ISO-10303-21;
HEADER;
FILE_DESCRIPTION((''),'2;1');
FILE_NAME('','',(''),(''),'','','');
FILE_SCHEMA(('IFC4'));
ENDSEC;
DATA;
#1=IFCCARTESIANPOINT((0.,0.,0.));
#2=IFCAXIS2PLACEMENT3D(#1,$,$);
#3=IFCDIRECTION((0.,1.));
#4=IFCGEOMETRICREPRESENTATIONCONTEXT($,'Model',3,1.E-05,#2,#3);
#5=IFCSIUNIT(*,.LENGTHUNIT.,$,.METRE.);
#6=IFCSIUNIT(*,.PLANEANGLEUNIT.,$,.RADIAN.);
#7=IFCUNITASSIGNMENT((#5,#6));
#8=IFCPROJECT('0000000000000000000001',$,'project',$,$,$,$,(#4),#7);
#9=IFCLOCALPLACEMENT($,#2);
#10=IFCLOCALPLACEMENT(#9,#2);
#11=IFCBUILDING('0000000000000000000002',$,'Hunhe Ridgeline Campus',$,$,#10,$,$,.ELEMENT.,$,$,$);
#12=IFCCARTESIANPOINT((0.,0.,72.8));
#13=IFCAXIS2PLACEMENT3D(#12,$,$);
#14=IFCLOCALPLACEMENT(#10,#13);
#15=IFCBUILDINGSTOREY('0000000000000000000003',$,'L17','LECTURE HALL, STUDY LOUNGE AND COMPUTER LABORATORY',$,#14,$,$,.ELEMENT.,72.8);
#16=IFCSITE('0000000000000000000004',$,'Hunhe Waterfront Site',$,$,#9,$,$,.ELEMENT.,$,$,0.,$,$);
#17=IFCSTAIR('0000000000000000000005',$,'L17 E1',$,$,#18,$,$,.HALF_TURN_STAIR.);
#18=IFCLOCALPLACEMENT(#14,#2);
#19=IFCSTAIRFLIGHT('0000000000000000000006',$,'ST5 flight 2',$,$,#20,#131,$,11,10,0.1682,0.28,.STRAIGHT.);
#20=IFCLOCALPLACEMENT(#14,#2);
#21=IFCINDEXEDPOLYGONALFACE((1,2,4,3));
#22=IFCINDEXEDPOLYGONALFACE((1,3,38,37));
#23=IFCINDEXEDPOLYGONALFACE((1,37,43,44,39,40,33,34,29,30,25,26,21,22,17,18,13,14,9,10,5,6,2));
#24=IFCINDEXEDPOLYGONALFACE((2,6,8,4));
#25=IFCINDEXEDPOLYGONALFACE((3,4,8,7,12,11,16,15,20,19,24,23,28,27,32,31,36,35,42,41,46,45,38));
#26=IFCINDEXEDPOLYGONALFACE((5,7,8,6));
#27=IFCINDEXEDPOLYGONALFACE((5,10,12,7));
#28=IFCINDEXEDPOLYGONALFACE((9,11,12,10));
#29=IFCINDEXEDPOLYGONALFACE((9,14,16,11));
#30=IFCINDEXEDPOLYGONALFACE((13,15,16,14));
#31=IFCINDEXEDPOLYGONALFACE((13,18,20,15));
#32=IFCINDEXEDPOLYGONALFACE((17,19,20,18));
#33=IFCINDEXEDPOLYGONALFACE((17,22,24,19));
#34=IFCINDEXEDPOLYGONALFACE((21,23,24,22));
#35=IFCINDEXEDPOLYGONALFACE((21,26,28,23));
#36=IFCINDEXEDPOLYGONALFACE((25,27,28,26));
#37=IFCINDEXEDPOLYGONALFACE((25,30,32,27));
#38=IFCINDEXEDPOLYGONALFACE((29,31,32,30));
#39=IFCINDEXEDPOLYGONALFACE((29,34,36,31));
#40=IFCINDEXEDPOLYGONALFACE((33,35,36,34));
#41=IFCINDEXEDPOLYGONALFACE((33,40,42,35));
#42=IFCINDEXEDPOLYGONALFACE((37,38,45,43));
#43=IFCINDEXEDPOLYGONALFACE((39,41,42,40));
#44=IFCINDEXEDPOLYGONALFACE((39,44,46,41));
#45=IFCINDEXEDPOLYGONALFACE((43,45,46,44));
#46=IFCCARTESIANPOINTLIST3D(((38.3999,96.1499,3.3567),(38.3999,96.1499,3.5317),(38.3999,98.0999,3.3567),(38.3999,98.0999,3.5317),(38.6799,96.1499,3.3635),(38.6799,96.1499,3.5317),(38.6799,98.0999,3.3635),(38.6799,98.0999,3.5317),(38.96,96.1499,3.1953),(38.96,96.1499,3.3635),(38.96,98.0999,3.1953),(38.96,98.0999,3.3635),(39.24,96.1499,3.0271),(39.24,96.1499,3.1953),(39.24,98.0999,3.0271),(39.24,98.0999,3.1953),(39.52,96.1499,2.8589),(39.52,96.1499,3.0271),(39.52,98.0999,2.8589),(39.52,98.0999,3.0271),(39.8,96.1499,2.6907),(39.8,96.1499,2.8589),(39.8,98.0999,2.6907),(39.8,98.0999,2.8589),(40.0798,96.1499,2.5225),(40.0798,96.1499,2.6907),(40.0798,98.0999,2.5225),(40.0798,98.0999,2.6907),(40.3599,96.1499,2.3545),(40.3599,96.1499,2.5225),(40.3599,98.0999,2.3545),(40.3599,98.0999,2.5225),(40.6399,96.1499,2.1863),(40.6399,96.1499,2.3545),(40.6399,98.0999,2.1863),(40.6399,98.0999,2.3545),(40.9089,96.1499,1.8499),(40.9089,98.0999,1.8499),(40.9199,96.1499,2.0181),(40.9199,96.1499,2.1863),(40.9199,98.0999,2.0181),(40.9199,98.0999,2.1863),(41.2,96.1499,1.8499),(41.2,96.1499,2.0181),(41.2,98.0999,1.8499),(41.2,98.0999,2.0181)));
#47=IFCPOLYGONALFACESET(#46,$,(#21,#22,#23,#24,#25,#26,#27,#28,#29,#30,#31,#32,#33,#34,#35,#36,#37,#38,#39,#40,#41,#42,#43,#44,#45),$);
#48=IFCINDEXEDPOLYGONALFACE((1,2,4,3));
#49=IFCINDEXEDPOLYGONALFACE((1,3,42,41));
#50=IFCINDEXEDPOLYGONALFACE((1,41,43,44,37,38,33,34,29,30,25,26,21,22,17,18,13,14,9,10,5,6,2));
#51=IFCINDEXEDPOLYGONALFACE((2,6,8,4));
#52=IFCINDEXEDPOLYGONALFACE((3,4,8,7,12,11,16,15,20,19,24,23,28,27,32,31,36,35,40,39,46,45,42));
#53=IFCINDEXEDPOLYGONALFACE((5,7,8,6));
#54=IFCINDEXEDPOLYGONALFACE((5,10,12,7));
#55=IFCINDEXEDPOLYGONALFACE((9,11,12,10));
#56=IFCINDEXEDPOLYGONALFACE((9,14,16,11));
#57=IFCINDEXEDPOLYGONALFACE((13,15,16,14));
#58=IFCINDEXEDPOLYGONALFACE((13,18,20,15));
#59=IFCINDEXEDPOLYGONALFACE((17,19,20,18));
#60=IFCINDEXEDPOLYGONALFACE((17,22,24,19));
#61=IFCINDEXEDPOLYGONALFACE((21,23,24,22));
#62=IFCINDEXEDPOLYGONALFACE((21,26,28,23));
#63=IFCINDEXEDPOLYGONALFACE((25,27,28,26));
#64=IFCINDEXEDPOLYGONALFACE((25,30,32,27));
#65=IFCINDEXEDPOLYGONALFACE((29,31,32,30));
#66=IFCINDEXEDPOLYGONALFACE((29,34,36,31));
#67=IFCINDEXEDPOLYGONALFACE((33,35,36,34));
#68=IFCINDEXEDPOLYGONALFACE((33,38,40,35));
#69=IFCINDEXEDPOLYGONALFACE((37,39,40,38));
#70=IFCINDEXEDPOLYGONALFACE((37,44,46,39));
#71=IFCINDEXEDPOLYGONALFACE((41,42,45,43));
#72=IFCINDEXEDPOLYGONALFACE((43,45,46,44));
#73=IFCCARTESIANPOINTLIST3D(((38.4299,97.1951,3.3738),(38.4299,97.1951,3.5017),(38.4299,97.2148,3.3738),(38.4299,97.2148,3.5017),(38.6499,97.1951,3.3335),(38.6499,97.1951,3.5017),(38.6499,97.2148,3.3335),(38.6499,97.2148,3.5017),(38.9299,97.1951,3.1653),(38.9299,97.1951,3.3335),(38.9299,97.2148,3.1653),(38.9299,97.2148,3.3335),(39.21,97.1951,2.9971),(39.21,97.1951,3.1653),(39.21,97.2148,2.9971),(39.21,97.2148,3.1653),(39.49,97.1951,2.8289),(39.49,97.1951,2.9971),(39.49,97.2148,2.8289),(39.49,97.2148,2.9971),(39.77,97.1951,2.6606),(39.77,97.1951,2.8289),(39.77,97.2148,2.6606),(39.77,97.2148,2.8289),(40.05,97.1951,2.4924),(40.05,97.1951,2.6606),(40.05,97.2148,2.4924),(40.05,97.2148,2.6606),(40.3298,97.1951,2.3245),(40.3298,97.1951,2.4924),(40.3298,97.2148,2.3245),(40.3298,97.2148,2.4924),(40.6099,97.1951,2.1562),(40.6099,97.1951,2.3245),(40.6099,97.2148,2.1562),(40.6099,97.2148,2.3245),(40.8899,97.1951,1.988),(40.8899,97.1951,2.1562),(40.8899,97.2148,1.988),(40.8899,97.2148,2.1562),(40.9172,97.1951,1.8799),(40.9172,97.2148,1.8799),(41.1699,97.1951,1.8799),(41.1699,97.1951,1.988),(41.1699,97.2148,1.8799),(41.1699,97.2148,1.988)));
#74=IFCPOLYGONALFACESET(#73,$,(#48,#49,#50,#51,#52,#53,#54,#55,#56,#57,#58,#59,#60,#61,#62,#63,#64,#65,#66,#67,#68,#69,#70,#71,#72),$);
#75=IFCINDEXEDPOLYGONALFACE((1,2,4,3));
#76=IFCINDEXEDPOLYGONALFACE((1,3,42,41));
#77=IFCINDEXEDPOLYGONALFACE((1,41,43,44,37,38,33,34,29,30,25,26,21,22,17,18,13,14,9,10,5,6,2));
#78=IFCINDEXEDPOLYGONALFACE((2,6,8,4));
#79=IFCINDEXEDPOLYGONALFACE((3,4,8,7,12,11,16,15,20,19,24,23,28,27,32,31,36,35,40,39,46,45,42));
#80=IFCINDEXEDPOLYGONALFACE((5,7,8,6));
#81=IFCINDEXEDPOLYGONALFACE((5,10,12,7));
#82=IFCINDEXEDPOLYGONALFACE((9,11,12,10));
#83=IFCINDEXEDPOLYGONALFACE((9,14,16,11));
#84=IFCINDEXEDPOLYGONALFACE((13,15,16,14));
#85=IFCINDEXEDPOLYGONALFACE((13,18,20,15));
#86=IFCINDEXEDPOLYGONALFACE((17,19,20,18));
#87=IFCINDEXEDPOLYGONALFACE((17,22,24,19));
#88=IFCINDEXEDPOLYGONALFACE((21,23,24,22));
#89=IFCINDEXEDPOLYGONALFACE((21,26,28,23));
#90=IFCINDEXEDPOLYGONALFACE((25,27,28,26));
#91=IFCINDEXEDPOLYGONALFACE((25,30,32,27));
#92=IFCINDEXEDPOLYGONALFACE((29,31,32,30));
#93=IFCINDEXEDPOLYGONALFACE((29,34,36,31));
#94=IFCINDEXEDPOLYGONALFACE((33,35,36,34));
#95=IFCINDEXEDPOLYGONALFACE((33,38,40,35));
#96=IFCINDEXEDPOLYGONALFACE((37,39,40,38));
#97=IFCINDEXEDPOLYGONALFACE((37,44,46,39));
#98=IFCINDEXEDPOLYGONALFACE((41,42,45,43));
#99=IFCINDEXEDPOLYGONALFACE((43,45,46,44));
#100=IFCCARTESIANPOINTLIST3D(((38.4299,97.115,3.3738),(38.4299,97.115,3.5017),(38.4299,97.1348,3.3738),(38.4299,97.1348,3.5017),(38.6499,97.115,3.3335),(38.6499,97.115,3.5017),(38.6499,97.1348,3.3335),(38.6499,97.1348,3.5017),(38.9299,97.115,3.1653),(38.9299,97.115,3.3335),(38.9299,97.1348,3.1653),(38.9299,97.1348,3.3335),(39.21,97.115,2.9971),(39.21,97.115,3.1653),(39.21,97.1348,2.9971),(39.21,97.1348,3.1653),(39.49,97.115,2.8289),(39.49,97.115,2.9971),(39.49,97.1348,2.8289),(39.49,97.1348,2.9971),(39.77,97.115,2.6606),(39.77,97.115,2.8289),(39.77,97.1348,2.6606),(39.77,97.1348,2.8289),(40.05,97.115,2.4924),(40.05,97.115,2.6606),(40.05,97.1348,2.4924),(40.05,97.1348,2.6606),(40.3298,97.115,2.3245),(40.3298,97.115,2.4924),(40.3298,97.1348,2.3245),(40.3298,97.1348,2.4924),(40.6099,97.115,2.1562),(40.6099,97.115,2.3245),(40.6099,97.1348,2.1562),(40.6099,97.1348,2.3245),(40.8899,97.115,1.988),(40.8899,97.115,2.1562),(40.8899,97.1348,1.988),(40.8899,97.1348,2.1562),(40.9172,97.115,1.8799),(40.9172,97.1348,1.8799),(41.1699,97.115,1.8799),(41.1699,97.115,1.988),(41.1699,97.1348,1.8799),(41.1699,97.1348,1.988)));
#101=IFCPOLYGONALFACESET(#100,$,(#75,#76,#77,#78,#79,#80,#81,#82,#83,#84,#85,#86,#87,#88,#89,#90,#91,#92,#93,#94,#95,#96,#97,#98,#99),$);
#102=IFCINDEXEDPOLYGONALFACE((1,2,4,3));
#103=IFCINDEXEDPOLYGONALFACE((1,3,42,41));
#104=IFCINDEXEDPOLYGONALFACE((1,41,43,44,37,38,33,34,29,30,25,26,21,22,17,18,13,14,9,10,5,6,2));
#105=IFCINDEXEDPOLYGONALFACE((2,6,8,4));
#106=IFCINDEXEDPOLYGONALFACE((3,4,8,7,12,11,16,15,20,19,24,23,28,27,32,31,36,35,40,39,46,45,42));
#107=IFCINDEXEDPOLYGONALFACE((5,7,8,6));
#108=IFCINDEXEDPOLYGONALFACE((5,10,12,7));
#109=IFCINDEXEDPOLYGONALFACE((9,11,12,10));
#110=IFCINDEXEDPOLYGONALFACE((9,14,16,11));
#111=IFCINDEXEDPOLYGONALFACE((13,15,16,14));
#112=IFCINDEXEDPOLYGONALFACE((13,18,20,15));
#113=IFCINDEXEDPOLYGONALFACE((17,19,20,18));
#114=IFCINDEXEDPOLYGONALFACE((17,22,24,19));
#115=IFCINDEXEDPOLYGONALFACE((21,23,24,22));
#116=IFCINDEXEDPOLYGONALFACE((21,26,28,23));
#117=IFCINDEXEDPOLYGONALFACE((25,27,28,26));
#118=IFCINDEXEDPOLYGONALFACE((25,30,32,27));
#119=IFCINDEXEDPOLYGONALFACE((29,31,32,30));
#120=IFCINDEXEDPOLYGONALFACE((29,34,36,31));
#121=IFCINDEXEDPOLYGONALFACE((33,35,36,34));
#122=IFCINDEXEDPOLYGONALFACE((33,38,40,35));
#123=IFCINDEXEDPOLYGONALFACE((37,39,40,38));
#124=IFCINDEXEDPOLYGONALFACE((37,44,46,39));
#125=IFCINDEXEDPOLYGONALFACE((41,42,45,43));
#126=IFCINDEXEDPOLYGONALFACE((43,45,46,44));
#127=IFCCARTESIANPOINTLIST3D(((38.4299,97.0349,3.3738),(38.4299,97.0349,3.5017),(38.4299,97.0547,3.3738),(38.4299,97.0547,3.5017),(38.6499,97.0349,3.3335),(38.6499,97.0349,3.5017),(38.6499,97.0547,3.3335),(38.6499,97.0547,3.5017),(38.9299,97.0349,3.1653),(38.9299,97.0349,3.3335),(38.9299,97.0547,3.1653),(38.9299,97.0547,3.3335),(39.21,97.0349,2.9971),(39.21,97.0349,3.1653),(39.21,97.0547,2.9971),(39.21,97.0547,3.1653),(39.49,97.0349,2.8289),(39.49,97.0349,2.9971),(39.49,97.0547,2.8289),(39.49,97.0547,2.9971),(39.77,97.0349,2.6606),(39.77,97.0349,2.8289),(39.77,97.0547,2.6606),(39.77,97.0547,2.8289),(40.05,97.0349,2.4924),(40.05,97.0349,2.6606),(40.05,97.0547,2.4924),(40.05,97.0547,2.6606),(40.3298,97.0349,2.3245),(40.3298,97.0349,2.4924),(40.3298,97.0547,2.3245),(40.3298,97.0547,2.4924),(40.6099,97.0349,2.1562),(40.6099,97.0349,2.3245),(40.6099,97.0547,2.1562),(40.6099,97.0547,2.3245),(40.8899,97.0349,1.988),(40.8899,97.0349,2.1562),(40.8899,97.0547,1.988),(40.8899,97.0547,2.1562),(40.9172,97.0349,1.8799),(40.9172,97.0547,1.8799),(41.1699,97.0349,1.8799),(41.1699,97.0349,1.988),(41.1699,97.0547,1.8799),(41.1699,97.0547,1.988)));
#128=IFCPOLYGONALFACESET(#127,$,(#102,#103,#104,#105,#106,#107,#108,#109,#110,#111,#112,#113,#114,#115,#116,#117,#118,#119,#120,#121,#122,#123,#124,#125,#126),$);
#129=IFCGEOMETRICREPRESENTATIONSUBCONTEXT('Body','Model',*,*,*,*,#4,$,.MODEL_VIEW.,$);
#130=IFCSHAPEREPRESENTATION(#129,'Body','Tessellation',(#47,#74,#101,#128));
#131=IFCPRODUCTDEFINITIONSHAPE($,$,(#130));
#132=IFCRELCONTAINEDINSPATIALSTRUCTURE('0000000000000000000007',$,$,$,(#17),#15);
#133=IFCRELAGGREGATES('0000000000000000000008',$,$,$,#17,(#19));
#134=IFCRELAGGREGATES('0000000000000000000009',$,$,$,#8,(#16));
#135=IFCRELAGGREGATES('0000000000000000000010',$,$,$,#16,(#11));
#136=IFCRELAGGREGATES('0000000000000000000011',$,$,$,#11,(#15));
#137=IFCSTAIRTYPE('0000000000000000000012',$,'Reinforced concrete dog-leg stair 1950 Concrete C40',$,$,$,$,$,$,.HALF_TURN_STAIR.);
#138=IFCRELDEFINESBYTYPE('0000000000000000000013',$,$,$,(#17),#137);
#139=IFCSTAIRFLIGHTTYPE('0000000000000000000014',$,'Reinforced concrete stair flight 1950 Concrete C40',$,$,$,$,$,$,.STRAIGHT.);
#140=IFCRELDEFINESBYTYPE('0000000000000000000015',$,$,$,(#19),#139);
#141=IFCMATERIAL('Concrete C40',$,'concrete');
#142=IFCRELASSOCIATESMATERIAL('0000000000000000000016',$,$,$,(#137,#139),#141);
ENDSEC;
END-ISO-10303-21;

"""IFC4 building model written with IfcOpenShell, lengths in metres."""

from ifc_helpers import new_model, si_unit, direction, frame, origin, place, context, subcontext, project, spatial, polyline, outline, extrude, material, type_object, element, aggregate, save


model = new_model("IFC4")

# Units and contexts
model_context = context("Model", 3, precision=1e-05, world=origin(), true_north=direction((0.0, 1.0)))
body_context = subcontext(model_context, "Body", "Model", "MODEL_VIEW")
ifc_project = project(units=[si_unit("LENGTHUNIT", "METRE"), si_unit("PLANEANGLEUNIT", "RADIAN")], contexts=[model_context])

# Site, building, storey
site_placement = place(None, origin())
site = spatial("IfcSite", under=ifc_project, at=site_placement, Name="Hunhe Waterfront Site", CompositionType="ELEMENT", RefElevation=0.0)
building_placement = place(site_placement, origin())
building = spatial("IfcBuilding", under=site, at=building_placement, Name="Hunhe Ridgeline Campus", CompositionType="ELEMENT")
storey_placement = place(building_placement, frame((0.0, 0.0, 72.8)))
storey = spatial("IfcBuildingStorey", under=building, at=storey_placement, Name="L17", Description="LECTURE HALL, STUDY LOUNGE AND COMPUTER LABORATORY", CompositionType="ELEMENT", Elevation=72.8)

# Stair, stair flight
ifc_material_1 = material(Name="Concrete C40", Category="concrete")
stair_type = type_object("IfcStairType", Name="Reinforced concrete dog-leg stair 1950 Concrete C40", PredefinedType="HALF_TURN_STAIR", material=ifc_material_1)
stair_1_placement = place(storey_placement, origin())
stair_1 = element("IfcStair", 1, at=stair_1_placement, inside=storey, type_object=stair_type, Name="L17 E1", PredefinedType="HALF_TURN_STAIR")
stair_flight_type = type_object("IfcStairFlightType", Name="Reinforced concrete stair flight 1950 Concrete C40", PredefinedType="STRAIGHT", material=ifc_material_1)
stair_flight_1_placement = place(storey_placement, frame((41.2, 97.125, 1.8499), z_axis=(0.0, 0.0, 1.0), x_axis=(-1.0, 0.0, 0.0)))
stair_flight_1 = element("IfcStairFlight", 2, at=stair_flight_1_placement, type_object=stair_flight_type, Name="ST5 flight 2", NumberOfRisers=11, NumberOfTreads=10, PredefinedType="STRAIGHT", RiserHeight=0.1682, TreadLength=0.28, context=body_context, shape_type="SweptSolid", body=[
    extrude(outline(polyline([(0.0, 0.0), (0.0, 0.1682), (0.28, 0.1682), (0.28, 0.3364), (0.5601, 0.3364), (0.5601, 0.5046), (0.8401, 0.5046), (0.8401, 0.6726), (1.1201, 0.6726), (1.1201, 0.8408), (1.3999, 0.8408), (1.3999, 1.009), (1.6799, 1.009), (1.6799, 1.1772), (1.96, 1.1772), (1.96, 1.3455), (2.24, 1.3455), (2.24, 1.5137), (2.52, 1.5137), (2.52, 1.6819), (2.8, 1.6819), (2.8, 1.8501), (2.8, 1.5068), (0.291, 0.0), (0.0, 0.0)])), frame((0.0, 0.9751, 0.0), z_axis=(0.0, -1.0, 0.0), x_axis=(1.0, 0.0, 0.0)), (0.0, 0.0, 1.0), 1.95),
    extrude(outline(polyline([(0.03, 0.03), (0.03, 0.1382), (0.3101, 0.1382), (0.3101, 0.3064), (0.5901, 0.3064), (0.5901, 0.4746), (0.8701, 0.4746), (0.8701, 0.6426), (1.1499, 0.6426), (1.1499, 0.8108), (1.4299, 0.8108), (1.4299, 0.979), (1.71, 0.979), (1.71, 1.1472), (1.99, 1.1472), (1.99, 1.3154), (2.27, 1.3154), (2.27, 1.4836), (2.55, 1.4836), (2.55, 1.6519), (2.77, 1.6519), (2.77, 1.5239), (0.2827, 0.03), (0.03, 0.03)])), frame((0.0, -0.0701, 0.0), z_axis=(0.0, -1.0, 0.0), x_axis=(1.0, 0.0, 0.0)), (0.0, 0.0, 1.0), 0.0198),
    extrude(outline(polyline([(0.03, 0.03), (0.03, 0.1382), (0.3101, 0.1382), (0.3101, 0.3064), (0.5901, 0.3064), (0.5901, 0.4746), (0.8701, 0.4746), (0.8701, 0.6426), (1.1499, 0.6426), (1.1499, 0.8108), (1.4299, 0.8108), (1.4299, 0.979), (1.71, 0.979), (1.71, 1.1472), (1.99, 1.1472), (1.99, 1.3154), (2.27, 1.3154), (2.27, 1.4836), (2.55, 1.4836), (2.55, 1.6519), (2.77, 1.6519), (2.77, 1.5239), (0.2827, 0.03), (0.03, 0.03)])), frame((0.0, 0.01, 0.0), z_axis=(0.0, -1.0, 0.0), x_axis=(1.0, 0.0, 0.0)), (0.0, 0.0, 1.0), 0.0198),
    extrude(outline(polyline([(0.03, 0.03), (0.03, 0.1382), (0.3101, 0.1382), (0.3101, 0.3064), (0.5901, 0.3064), (0.5901, 0.4746), (0.8701, 0.4746), (0.8701, 0.6426), (1.1499, 0.6426), (1.1499, 0.8108), (1.4299, 0.8108), (1.4299, 0.979), (1.71, 0.979), (1.71, 1.1472), (1.99, 1.1472), (1.99, 1.3154), (2.27, 1.3154), (2.27, 1.4836), (2.55, 1.4836), (2.55, 1.6519), (2.77, 1.6519), (2.77, 1.5239), (0.2827, 0.03), (0.03, 0.03)])), frame((0.0, 0.0901, 0.0), z_axis=(0.0, -1.0, 0.0), x_axis=(1.0, 0.0, 0.0)), (0.0, 0.0, 1.0), 0.0198),
])
aggregate(stair_1, [stair_flight_1])

save(model, "model.ifc")
